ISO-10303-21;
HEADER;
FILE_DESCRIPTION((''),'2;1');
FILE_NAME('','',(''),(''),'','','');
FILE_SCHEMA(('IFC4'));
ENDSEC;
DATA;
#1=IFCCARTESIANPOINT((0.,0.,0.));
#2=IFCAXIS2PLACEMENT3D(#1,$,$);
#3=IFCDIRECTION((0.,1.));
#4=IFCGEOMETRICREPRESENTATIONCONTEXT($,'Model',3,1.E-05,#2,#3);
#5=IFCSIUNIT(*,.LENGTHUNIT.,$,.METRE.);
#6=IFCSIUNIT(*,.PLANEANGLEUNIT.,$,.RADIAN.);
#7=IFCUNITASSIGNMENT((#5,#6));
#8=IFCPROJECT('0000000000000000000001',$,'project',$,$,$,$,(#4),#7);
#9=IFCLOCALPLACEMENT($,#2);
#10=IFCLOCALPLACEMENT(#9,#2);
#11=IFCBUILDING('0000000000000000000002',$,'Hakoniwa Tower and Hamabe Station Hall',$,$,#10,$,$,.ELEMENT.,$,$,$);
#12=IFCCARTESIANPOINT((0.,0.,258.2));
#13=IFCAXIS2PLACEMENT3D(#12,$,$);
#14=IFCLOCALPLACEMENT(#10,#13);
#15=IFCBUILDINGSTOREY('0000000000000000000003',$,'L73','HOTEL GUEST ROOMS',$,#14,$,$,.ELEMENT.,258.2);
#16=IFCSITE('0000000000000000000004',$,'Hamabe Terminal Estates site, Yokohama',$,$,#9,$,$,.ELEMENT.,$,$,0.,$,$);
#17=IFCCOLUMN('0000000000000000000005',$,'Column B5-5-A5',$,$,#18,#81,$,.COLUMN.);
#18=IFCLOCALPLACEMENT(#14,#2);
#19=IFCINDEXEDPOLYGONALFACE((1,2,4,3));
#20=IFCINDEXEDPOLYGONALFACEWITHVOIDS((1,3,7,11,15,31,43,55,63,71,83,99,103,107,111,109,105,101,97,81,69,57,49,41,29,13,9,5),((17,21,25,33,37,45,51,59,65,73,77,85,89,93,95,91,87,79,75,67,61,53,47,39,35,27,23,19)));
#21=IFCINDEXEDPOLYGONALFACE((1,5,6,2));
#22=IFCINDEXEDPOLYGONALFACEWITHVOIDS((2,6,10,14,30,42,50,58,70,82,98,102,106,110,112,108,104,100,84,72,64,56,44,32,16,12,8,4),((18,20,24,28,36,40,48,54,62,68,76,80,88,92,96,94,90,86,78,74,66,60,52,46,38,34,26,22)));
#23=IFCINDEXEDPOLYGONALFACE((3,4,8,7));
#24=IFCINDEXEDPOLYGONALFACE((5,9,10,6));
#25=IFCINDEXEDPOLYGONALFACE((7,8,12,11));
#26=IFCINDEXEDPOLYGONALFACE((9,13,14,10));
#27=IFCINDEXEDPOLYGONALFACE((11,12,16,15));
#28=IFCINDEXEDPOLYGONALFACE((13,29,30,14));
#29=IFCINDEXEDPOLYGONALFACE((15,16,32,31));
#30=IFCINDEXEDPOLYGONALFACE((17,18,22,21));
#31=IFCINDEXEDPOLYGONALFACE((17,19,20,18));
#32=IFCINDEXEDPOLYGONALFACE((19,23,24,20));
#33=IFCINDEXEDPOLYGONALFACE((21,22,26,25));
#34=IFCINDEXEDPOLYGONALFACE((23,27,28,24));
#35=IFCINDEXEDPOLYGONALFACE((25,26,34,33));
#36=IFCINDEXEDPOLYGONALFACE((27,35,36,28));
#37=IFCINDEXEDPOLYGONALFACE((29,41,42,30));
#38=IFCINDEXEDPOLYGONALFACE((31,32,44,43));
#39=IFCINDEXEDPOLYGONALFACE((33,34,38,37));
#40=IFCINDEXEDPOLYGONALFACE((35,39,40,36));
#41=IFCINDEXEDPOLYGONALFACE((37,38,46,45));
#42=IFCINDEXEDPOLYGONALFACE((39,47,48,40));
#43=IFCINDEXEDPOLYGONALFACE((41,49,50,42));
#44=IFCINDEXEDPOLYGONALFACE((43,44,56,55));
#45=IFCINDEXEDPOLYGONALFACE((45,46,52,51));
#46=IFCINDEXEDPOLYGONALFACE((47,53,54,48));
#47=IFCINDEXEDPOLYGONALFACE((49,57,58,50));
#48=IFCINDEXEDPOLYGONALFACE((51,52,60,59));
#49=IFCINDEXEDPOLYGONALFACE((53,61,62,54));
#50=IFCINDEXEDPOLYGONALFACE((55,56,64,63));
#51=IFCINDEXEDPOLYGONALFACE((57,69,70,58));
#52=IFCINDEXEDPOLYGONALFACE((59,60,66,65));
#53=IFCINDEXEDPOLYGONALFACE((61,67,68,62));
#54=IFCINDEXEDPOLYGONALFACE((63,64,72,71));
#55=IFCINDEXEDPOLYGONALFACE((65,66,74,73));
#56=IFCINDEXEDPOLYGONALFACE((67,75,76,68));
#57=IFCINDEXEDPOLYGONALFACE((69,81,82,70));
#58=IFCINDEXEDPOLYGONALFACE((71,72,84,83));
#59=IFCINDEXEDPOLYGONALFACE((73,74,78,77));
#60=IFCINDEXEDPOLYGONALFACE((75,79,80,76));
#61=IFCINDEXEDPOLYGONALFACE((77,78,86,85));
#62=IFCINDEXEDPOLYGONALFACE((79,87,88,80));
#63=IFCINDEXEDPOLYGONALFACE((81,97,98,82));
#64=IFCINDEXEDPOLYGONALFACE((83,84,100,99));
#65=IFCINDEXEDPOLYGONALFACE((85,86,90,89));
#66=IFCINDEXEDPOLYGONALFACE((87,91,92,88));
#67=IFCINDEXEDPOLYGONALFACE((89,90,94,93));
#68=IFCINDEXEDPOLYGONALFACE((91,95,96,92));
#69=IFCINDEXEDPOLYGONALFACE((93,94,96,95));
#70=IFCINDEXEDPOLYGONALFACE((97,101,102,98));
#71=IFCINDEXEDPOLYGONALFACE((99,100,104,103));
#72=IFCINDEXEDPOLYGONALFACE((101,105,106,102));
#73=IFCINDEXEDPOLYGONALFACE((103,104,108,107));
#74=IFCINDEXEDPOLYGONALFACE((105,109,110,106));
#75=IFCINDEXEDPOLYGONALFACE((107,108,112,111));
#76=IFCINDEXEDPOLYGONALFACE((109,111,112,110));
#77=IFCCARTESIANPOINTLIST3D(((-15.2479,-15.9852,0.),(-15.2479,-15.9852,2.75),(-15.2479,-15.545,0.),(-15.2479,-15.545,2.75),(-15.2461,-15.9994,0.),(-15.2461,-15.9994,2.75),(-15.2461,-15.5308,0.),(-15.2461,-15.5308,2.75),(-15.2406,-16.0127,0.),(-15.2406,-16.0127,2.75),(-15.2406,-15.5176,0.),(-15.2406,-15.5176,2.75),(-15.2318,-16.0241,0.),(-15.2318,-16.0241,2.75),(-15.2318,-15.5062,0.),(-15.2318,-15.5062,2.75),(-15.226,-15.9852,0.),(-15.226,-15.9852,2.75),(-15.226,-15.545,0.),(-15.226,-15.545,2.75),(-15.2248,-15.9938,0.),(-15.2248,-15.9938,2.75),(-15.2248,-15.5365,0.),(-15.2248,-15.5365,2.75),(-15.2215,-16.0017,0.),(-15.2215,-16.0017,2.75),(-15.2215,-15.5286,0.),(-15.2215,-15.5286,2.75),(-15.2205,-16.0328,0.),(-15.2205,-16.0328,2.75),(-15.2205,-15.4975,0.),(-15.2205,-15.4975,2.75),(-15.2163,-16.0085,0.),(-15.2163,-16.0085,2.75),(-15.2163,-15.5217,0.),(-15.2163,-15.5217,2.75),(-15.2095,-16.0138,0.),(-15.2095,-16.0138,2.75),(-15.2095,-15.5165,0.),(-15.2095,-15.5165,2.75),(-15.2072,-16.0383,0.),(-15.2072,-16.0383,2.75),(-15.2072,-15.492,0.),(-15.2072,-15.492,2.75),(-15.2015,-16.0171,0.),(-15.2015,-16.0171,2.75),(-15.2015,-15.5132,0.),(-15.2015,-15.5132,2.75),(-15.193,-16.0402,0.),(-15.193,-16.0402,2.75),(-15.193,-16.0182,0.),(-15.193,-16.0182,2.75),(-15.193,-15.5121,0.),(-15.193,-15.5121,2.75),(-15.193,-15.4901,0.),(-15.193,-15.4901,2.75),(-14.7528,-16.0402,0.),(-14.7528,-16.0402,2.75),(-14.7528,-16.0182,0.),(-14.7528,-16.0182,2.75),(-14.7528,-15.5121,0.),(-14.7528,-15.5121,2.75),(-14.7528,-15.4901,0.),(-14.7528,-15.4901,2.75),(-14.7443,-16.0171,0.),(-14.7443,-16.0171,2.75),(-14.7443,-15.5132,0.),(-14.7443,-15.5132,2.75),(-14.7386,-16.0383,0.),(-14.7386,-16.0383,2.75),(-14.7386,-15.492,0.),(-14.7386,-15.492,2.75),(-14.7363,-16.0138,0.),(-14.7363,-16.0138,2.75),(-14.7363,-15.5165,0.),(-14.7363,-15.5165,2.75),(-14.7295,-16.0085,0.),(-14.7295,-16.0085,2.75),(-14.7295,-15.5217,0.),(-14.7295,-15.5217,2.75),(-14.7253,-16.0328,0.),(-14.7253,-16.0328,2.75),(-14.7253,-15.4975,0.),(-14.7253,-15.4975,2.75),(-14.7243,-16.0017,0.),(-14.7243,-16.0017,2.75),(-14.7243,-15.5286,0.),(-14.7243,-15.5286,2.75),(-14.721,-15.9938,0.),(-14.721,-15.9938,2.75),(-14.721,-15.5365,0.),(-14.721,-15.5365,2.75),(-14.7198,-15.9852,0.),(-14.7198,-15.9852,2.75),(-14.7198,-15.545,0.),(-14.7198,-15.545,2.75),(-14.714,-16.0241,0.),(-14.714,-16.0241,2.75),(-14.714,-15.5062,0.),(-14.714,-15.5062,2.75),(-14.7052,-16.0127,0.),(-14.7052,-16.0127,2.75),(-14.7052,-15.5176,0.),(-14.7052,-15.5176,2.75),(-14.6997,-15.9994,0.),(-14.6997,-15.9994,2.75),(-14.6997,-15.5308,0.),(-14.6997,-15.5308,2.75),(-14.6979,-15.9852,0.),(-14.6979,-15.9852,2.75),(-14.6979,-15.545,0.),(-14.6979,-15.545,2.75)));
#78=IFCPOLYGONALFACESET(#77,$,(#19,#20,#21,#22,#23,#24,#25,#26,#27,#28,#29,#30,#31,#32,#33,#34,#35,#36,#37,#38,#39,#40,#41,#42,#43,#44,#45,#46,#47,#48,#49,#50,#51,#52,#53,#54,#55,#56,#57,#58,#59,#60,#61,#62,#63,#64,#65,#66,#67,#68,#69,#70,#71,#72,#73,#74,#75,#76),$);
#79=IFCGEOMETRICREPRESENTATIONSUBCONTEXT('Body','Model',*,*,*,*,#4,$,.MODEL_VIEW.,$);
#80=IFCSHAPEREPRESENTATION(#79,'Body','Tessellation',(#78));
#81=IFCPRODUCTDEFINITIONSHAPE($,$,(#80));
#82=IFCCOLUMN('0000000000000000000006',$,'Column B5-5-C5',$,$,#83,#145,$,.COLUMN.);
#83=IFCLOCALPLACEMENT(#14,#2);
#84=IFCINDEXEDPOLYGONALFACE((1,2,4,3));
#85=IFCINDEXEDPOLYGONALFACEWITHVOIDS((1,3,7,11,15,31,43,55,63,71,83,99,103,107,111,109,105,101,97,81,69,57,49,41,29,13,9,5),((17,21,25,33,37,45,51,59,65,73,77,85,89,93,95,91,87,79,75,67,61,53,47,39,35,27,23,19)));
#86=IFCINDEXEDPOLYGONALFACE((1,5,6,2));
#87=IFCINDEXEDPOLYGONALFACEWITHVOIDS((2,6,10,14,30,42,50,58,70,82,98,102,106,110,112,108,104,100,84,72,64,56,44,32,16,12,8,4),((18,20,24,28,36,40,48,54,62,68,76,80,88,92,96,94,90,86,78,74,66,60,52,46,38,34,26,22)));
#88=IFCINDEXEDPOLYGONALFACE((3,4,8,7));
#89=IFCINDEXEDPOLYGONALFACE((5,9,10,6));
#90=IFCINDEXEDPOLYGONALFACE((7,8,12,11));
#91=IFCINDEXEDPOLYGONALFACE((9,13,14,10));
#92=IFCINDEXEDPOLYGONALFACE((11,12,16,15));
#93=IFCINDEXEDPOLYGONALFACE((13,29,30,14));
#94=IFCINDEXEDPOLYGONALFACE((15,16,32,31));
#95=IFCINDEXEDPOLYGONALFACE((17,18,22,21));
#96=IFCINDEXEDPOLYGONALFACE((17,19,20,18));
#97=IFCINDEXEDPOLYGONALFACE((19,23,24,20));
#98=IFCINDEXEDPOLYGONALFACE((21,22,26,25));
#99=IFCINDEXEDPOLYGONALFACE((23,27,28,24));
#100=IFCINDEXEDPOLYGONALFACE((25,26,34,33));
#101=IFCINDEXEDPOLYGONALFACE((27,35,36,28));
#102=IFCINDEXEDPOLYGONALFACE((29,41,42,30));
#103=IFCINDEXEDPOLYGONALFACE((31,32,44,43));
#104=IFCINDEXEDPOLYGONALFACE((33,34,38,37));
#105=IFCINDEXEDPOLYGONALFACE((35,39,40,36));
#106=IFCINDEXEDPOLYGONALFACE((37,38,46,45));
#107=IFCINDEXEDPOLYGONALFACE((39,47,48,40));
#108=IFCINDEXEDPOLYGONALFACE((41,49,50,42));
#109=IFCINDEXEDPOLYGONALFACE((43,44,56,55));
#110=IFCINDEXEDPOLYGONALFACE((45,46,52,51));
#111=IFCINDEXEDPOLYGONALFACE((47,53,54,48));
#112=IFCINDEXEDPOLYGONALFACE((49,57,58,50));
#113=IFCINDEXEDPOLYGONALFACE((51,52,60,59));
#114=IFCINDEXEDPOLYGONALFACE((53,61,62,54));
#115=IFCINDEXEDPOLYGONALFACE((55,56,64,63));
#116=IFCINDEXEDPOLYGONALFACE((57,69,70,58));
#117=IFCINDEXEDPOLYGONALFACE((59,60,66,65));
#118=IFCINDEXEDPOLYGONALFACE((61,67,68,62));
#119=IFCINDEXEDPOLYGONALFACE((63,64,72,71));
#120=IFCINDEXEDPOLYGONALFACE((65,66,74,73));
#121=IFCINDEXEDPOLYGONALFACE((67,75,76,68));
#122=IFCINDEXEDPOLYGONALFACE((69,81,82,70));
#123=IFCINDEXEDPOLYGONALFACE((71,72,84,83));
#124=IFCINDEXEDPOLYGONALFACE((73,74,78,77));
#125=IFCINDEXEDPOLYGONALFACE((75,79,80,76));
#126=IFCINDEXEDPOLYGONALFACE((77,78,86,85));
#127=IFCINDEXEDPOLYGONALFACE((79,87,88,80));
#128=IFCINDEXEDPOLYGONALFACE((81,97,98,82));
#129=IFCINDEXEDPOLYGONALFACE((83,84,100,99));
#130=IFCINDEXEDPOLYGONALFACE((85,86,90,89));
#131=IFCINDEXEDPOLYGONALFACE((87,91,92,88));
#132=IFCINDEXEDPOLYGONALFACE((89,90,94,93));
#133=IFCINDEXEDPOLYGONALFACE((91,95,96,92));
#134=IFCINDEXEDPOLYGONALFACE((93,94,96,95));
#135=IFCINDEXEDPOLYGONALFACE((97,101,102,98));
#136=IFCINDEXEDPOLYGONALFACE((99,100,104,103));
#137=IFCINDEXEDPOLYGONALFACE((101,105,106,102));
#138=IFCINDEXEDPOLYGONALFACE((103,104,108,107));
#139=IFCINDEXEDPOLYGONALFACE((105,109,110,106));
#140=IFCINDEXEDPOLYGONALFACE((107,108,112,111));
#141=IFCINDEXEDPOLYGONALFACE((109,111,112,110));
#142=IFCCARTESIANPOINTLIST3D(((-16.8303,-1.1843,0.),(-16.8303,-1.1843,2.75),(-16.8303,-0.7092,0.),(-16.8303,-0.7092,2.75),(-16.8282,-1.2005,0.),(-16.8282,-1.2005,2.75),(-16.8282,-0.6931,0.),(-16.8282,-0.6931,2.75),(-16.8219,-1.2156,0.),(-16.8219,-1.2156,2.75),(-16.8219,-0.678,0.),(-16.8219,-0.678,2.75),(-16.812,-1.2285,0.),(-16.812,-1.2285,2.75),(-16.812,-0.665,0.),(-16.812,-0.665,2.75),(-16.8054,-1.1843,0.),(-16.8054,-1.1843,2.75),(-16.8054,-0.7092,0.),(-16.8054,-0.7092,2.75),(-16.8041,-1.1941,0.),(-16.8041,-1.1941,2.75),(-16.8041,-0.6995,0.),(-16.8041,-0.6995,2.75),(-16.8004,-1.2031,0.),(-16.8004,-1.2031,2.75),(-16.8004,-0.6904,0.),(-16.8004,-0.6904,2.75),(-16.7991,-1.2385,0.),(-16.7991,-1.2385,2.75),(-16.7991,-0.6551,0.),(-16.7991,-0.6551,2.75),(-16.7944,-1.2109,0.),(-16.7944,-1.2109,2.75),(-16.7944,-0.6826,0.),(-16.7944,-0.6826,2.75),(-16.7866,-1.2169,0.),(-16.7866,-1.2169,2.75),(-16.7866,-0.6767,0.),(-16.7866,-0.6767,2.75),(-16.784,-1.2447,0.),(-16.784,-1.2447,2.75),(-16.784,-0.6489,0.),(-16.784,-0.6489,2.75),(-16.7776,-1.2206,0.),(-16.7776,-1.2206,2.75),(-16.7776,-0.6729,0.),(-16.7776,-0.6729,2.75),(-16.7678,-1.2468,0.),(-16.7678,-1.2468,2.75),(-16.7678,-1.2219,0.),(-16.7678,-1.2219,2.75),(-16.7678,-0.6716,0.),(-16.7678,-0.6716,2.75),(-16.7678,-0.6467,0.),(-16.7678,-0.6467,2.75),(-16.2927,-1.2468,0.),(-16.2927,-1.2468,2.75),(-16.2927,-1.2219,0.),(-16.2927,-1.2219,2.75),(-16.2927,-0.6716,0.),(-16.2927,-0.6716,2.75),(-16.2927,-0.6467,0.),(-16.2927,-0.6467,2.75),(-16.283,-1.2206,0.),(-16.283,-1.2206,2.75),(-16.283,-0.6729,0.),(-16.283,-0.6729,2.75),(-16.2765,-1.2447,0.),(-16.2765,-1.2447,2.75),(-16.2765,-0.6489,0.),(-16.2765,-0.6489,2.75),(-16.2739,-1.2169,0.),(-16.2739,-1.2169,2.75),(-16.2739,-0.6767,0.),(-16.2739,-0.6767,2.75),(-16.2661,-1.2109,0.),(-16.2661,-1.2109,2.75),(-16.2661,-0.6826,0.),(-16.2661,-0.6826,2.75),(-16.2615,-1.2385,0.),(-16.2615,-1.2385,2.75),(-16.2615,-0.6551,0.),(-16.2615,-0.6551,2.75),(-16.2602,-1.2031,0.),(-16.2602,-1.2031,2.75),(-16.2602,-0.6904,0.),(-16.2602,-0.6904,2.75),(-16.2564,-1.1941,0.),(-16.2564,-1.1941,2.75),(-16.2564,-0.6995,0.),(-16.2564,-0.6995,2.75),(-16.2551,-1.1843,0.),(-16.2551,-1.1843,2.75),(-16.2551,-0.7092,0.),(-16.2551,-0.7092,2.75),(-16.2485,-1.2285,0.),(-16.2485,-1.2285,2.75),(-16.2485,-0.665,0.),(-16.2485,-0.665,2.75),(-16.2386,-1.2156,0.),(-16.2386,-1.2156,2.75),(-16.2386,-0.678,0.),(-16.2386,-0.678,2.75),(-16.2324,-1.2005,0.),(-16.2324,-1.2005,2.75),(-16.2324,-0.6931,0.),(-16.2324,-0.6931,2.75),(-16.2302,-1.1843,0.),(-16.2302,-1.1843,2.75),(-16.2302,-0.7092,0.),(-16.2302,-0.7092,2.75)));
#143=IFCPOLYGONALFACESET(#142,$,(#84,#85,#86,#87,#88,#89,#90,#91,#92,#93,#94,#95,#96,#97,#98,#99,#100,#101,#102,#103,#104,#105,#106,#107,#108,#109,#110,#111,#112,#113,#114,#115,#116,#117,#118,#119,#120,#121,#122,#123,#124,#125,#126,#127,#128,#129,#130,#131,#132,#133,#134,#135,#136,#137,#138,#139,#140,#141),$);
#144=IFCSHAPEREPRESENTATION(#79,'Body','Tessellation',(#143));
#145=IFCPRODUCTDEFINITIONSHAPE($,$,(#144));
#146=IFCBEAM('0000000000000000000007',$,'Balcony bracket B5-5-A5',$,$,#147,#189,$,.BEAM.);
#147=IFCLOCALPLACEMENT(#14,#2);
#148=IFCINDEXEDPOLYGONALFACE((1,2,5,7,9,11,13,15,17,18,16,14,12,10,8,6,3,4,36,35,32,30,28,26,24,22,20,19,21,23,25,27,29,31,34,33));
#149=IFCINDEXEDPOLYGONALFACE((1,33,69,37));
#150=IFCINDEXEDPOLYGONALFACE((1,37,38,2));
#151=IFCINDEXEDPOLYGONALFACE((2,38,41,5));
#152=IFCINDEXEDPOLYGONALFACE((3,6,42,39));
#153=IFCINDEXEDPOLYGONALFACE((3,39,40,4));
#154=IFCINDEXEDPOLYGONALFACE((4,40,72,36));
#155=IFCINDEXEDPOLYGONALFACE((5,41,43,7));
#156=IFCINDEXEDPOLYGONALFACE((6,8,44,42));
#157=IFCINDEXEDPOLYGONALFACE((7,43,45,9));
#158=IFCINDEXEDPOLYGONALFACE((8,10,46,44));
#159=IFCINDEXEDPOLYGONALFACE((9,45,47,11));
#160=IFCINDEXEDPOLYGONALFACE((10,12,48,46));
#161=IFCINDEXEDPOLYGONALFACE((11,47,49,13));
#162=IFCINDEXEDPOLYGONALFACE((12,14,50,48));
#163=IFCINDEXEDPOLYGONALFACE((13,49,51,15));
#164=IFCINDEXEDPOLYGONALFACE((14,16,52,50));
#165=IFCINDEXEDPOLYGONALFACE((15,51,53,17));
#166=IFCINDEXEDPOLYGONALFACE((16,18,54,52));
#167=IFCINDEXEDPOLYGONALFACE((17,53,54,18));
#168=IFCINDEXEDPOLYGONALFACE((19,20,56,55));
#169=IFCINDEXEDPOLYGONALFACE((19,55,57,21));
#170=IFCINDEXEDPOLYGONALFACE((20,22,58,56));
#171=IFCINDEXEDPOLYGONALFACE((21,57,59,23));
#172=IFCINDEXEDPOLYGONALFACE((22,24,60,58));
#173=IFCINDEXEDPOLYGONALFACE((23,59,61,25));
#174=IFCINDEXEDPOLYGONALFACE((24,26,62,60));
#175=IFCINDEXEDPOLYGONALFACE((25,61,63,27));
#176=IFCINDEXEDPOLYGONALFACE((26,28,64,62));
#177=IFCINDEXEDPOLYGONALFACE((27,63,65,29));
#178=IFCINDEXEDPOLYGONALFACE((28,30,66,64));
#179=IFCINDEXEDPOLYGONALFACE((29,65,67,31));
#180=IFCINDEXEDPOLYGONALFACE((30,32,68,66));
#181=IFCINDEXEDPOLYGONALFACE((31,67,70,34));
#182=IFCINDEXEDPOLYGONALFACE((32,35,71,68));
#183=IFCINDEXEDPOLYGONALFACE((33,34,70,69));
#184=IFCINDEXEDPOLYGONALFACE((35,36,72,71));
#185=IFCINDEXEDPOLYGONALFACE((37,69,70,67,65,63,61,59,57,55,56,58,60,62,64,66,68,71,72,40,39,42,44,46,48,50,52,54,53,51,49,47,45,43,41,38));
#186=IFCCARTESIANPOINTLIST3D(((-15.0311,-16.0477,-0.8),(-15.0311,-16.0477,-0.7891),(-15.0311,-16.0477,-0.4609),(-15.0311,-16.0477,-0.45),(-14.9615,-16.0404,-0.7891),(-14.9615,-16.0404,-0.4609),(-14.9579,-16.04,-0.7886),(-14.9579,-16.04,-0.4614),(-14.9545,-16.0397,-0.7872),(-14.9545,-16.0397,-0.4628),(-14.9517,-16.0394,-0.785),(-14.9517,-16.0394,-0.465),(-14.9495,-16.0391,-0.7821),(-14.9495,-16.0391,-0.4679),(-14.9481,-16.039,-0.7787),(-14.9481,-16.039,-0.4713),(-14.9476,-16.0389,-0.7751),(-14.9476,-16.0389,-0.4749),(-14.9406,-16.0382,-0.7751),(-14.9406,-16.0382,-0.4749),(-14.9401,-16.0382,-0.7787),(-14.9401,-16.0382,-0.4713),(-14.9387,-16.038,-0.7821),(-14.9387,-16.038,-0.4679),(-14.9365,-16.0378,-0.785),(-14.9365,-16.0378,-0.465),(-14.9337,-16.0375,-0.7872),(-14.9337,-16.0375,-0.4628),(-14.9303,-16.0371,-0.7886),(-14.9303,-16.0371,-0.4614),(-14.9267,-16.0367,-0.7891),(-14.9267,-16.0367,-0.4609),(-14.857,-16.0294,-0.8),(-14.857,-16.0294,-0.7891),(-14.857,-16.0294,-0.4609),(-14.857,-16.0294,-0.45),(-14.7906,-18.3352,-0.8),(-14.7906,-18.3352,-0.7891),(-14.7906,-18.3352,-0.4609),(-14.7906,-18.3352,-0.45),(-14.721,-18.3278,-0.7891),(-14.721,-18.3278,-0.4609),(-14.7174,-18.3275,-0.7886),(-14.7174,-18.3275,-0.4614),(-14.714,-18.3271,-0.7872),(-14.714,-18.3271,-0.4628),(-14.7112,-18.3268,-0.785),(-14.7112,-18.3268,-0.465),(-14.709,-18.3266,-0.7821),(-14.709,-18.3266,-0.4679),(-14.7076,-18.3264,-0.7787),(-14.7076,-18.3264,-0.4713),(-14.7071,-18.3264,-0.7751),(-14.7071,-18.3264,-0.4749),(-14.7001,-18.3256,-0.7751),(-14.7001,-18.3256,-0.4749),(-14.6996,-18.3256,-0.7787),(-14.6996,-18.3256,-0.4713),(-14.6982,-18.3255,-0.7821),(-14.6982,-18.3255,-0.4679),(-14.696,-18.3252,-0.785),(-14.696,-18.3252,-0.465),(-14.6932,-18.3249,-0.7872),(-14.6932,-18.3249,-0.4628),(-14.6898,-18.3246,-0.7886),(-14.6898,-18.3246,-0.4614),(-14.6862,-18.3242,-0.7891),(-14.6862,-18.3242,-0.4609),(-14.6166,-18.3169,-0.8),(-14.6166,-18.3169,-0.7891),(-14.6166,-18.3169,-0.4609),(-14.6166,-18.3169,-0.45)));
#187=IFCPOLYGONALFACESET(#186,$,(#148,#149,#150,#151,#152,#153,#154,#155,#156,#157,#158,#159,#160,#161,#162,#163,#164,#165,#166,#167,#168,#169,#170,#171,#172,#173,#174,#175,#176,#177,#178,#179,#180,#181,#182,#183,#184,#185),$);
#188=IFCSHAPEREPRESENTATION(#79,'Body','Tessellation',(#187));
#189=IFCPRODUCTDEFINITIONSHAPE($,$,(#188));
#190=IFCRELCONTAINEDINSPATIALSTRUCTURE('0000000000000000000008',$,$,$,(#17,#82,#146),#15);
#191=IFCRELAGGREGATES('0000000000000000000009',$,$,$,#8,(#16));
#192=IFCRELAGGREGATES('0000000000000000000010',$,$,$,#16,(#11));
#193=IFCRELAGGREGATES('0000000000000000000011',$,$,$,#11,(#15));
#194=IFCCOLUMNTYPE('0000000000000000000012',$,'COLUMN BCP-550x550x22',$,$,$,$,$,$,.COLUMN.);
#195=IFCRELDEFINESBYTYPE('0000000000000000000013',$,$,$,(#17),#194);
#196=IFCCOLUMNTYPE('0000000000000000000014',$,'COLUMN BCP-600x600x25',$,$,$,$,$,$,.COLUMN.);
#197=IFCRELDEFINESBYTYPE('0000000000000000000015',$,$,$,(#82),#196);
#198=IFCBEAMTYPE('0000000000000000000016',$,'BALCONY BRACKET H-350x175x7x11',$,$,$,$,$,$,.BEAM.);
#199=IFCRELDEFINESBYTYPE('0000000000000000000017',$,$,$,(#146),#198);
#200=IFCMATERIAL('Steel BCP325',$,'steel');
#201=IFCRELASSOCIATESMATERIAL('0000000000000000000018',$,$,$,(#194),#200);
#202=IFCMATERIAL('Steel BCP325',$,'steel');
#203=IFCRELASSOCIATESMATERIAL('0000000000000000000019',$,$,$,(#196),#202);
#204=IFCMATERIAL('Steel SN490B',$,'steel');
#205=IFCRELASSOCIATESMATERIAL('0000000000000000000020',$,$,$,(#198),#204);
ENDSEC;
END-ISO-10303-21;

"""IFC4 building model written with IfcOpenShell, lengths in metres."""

from ifc_helpers import new_model, si_unit, direction, frame, origin, origin_2d, place, context, subcontext, project, spatial, hollow_rectangle, i_section, extrude, material, material_profile, profile_set, type_object, element, save


model = new_model("IFC4")

# Units and contexts
model_context = context("Model", 3, precision=1e-05, world=origin(), true_north=direction((0.0, 1.0)))
body_context = subcontext(model_context, "Body", "Model", "MODEL_VIEW")
ifc_project = project(units=[si_unit("LENGTHUNIT", "METRE"), si_unit("PLANEANGLEUNIT", "RADIAN")], contexts=[model_context])

# Site, building, storey
site_placement = place(None, origin())
site = spatial("IfcSite", under=ifc_project, at=site_placement, Name="Hamabe Terminal Estates site, Yokohama", CompositionType="ELEMENT", RefElevation=0.0)
building_placement = place(site_placement, origin())
building = spatial("IfcBuilding", under=site, at=building_placement, Name="Hakoniwa Tower and Hamabe Station Hall", CompositionType="ELEMENT")
storey_placement = place(building_placement, frame((0.0, 0.0, 258.2)))
storey = spatial("IfcBuildingStorey", under=building, at=storey_placement, Name="L73", Description="HOTEL GUEST ROOMS", CompositionType="ELEMENT", Elevation=258.2)

# Columns
ifc_material_1 = material(Name="Steel BCP325", Category="steel")
ifc_material_profile_1 = material_profile(ifc_material_1, hollow_rectangle(XDim=0.55, YDim=0.55, WallThickness=0.022, InnerFilletRadius=0.033, OuterFilletRadius=0.0549, at=origin_2d()), Name="BCP-550x550x22")
ifc_profile_set_1 = profile_set([ifc_material_profile_1], Name="Steel BCP325")
column_type_1 = type_object("IfcColumnType", Name="COLUMN BCP-550x550x22", PredefinedType="COLUMN", material=ifc_profile_set_1)
column_1_placement = place(storey_placement, frame((-14.9729, -15.7651, 0.0), z_axis=(0.0, 0.0, 1.0), x_axis=(1.0, 0.0, 0.0)))
element("IfcColumn", 1, at=column_1_placement, inside=storey, type_object=column_type_1, Name="Column B5-5-A5", PredefinedType="COLUMN", context=body_context, shape_type="SweptSolid", body=[
    extrude(hollow_rectangle(XDim=0.55, YDim=0.55, WallThickness=0.022, InnerFilletRadius=0.033, OuterFilletRadius=0.0549, at=origin_2d()), origin(), (0.0, 0.0, 1.0), 2.75),
])
ifc_material_2 = material(Name="Steel BCP325", Category="steel")
ifc_material_profile_2 = material_profile(ifc_material_2, hollow_rectangle(XDim=0.6001, YDim=0.6001, WallThickness=0.0249, InnerFilletRadius=0.0376, OuterFilletRadius=0.0625, at=origin_2d()), Name="BCP-600x600x25")
ifc_profile_set_2 = profile_set([ifc_material_profile_2], Name="Steel BCP325")
column_type_2 = type_object("IfcColumnType", Name="COLUMN BCP-600x600x25", PredefinedType="COLUMN", material=ifc_profile_set_2)
column_2_placement = place(storey_placement, frame((-16.5303, -0.9468, 0.0), z_axis=(0.0, 0.0, 1.0), x_axis=(1.0, 0.0, 0.0)))
element("IfcColumn", 2, at=column_2_placement, inside=storey, type_object=column_type_2, Name="Column B5-5-C5", PredefinedType="COLUMN", context=body_context, shape_type="SweptSolid", body=[
    extrude(hollow_rectangle(XDim=0.6001, YDim=0.6001, WallThickness=0.0249, InnerFilletRadius=0.0376, OuterFilletRadius=0.0625, at=origin_2d()), origin(), (0.0, 0.0, 1.0), 2.75),
])

# Beam
ifc_material_3 = material(Name="Steel SN490B", Category="steel")
ifc_material_profile_3 = material_profile(ifc_material_3, i_section(OverallWidth=0.175, OverallDepth=0.3501, WebThickness=0.0071, FlangeThickness=0.011, FilletRadius=0.0139, at=origin_2d()), Name="H-350x175x7x11")
ifc_profile_set_3 = profile_set([ifc_material_profile_3], Name="Steel SN490B")
beam_type_1 = type_object("IfcBeamType", Name="BALCONY BRACKET H-350x175x7x11", PredefinedType="BEAM", material=ifc_profile_set_3)
beam_1_placement = place(storey_placement, frame((-14.9441, -16.0386, -0.625), z_axis=(0.104558, -0.994519, 0.0), x_axis=(0.994519, 0.104558, 0.0)))
element("IfcBeam", 3, at=beam_1_placement, inside=storey, type_object=beam_type_1, Name="Balcony bracket B5-5-A5", PredefinedType="BEAM", context=body_context, shape_type="SweptSolid", body=[
    extrude(i_section(OverallWidth=0.175, OverallDepth=0.3501, WebThickness=0.0071, FlangeThickness=0.011, FilletRadius=0.0139, at=origin_2d()), origin(), (0.0, 0.0, 1.0), 2.3),
])

save(model, "model.ifc")
